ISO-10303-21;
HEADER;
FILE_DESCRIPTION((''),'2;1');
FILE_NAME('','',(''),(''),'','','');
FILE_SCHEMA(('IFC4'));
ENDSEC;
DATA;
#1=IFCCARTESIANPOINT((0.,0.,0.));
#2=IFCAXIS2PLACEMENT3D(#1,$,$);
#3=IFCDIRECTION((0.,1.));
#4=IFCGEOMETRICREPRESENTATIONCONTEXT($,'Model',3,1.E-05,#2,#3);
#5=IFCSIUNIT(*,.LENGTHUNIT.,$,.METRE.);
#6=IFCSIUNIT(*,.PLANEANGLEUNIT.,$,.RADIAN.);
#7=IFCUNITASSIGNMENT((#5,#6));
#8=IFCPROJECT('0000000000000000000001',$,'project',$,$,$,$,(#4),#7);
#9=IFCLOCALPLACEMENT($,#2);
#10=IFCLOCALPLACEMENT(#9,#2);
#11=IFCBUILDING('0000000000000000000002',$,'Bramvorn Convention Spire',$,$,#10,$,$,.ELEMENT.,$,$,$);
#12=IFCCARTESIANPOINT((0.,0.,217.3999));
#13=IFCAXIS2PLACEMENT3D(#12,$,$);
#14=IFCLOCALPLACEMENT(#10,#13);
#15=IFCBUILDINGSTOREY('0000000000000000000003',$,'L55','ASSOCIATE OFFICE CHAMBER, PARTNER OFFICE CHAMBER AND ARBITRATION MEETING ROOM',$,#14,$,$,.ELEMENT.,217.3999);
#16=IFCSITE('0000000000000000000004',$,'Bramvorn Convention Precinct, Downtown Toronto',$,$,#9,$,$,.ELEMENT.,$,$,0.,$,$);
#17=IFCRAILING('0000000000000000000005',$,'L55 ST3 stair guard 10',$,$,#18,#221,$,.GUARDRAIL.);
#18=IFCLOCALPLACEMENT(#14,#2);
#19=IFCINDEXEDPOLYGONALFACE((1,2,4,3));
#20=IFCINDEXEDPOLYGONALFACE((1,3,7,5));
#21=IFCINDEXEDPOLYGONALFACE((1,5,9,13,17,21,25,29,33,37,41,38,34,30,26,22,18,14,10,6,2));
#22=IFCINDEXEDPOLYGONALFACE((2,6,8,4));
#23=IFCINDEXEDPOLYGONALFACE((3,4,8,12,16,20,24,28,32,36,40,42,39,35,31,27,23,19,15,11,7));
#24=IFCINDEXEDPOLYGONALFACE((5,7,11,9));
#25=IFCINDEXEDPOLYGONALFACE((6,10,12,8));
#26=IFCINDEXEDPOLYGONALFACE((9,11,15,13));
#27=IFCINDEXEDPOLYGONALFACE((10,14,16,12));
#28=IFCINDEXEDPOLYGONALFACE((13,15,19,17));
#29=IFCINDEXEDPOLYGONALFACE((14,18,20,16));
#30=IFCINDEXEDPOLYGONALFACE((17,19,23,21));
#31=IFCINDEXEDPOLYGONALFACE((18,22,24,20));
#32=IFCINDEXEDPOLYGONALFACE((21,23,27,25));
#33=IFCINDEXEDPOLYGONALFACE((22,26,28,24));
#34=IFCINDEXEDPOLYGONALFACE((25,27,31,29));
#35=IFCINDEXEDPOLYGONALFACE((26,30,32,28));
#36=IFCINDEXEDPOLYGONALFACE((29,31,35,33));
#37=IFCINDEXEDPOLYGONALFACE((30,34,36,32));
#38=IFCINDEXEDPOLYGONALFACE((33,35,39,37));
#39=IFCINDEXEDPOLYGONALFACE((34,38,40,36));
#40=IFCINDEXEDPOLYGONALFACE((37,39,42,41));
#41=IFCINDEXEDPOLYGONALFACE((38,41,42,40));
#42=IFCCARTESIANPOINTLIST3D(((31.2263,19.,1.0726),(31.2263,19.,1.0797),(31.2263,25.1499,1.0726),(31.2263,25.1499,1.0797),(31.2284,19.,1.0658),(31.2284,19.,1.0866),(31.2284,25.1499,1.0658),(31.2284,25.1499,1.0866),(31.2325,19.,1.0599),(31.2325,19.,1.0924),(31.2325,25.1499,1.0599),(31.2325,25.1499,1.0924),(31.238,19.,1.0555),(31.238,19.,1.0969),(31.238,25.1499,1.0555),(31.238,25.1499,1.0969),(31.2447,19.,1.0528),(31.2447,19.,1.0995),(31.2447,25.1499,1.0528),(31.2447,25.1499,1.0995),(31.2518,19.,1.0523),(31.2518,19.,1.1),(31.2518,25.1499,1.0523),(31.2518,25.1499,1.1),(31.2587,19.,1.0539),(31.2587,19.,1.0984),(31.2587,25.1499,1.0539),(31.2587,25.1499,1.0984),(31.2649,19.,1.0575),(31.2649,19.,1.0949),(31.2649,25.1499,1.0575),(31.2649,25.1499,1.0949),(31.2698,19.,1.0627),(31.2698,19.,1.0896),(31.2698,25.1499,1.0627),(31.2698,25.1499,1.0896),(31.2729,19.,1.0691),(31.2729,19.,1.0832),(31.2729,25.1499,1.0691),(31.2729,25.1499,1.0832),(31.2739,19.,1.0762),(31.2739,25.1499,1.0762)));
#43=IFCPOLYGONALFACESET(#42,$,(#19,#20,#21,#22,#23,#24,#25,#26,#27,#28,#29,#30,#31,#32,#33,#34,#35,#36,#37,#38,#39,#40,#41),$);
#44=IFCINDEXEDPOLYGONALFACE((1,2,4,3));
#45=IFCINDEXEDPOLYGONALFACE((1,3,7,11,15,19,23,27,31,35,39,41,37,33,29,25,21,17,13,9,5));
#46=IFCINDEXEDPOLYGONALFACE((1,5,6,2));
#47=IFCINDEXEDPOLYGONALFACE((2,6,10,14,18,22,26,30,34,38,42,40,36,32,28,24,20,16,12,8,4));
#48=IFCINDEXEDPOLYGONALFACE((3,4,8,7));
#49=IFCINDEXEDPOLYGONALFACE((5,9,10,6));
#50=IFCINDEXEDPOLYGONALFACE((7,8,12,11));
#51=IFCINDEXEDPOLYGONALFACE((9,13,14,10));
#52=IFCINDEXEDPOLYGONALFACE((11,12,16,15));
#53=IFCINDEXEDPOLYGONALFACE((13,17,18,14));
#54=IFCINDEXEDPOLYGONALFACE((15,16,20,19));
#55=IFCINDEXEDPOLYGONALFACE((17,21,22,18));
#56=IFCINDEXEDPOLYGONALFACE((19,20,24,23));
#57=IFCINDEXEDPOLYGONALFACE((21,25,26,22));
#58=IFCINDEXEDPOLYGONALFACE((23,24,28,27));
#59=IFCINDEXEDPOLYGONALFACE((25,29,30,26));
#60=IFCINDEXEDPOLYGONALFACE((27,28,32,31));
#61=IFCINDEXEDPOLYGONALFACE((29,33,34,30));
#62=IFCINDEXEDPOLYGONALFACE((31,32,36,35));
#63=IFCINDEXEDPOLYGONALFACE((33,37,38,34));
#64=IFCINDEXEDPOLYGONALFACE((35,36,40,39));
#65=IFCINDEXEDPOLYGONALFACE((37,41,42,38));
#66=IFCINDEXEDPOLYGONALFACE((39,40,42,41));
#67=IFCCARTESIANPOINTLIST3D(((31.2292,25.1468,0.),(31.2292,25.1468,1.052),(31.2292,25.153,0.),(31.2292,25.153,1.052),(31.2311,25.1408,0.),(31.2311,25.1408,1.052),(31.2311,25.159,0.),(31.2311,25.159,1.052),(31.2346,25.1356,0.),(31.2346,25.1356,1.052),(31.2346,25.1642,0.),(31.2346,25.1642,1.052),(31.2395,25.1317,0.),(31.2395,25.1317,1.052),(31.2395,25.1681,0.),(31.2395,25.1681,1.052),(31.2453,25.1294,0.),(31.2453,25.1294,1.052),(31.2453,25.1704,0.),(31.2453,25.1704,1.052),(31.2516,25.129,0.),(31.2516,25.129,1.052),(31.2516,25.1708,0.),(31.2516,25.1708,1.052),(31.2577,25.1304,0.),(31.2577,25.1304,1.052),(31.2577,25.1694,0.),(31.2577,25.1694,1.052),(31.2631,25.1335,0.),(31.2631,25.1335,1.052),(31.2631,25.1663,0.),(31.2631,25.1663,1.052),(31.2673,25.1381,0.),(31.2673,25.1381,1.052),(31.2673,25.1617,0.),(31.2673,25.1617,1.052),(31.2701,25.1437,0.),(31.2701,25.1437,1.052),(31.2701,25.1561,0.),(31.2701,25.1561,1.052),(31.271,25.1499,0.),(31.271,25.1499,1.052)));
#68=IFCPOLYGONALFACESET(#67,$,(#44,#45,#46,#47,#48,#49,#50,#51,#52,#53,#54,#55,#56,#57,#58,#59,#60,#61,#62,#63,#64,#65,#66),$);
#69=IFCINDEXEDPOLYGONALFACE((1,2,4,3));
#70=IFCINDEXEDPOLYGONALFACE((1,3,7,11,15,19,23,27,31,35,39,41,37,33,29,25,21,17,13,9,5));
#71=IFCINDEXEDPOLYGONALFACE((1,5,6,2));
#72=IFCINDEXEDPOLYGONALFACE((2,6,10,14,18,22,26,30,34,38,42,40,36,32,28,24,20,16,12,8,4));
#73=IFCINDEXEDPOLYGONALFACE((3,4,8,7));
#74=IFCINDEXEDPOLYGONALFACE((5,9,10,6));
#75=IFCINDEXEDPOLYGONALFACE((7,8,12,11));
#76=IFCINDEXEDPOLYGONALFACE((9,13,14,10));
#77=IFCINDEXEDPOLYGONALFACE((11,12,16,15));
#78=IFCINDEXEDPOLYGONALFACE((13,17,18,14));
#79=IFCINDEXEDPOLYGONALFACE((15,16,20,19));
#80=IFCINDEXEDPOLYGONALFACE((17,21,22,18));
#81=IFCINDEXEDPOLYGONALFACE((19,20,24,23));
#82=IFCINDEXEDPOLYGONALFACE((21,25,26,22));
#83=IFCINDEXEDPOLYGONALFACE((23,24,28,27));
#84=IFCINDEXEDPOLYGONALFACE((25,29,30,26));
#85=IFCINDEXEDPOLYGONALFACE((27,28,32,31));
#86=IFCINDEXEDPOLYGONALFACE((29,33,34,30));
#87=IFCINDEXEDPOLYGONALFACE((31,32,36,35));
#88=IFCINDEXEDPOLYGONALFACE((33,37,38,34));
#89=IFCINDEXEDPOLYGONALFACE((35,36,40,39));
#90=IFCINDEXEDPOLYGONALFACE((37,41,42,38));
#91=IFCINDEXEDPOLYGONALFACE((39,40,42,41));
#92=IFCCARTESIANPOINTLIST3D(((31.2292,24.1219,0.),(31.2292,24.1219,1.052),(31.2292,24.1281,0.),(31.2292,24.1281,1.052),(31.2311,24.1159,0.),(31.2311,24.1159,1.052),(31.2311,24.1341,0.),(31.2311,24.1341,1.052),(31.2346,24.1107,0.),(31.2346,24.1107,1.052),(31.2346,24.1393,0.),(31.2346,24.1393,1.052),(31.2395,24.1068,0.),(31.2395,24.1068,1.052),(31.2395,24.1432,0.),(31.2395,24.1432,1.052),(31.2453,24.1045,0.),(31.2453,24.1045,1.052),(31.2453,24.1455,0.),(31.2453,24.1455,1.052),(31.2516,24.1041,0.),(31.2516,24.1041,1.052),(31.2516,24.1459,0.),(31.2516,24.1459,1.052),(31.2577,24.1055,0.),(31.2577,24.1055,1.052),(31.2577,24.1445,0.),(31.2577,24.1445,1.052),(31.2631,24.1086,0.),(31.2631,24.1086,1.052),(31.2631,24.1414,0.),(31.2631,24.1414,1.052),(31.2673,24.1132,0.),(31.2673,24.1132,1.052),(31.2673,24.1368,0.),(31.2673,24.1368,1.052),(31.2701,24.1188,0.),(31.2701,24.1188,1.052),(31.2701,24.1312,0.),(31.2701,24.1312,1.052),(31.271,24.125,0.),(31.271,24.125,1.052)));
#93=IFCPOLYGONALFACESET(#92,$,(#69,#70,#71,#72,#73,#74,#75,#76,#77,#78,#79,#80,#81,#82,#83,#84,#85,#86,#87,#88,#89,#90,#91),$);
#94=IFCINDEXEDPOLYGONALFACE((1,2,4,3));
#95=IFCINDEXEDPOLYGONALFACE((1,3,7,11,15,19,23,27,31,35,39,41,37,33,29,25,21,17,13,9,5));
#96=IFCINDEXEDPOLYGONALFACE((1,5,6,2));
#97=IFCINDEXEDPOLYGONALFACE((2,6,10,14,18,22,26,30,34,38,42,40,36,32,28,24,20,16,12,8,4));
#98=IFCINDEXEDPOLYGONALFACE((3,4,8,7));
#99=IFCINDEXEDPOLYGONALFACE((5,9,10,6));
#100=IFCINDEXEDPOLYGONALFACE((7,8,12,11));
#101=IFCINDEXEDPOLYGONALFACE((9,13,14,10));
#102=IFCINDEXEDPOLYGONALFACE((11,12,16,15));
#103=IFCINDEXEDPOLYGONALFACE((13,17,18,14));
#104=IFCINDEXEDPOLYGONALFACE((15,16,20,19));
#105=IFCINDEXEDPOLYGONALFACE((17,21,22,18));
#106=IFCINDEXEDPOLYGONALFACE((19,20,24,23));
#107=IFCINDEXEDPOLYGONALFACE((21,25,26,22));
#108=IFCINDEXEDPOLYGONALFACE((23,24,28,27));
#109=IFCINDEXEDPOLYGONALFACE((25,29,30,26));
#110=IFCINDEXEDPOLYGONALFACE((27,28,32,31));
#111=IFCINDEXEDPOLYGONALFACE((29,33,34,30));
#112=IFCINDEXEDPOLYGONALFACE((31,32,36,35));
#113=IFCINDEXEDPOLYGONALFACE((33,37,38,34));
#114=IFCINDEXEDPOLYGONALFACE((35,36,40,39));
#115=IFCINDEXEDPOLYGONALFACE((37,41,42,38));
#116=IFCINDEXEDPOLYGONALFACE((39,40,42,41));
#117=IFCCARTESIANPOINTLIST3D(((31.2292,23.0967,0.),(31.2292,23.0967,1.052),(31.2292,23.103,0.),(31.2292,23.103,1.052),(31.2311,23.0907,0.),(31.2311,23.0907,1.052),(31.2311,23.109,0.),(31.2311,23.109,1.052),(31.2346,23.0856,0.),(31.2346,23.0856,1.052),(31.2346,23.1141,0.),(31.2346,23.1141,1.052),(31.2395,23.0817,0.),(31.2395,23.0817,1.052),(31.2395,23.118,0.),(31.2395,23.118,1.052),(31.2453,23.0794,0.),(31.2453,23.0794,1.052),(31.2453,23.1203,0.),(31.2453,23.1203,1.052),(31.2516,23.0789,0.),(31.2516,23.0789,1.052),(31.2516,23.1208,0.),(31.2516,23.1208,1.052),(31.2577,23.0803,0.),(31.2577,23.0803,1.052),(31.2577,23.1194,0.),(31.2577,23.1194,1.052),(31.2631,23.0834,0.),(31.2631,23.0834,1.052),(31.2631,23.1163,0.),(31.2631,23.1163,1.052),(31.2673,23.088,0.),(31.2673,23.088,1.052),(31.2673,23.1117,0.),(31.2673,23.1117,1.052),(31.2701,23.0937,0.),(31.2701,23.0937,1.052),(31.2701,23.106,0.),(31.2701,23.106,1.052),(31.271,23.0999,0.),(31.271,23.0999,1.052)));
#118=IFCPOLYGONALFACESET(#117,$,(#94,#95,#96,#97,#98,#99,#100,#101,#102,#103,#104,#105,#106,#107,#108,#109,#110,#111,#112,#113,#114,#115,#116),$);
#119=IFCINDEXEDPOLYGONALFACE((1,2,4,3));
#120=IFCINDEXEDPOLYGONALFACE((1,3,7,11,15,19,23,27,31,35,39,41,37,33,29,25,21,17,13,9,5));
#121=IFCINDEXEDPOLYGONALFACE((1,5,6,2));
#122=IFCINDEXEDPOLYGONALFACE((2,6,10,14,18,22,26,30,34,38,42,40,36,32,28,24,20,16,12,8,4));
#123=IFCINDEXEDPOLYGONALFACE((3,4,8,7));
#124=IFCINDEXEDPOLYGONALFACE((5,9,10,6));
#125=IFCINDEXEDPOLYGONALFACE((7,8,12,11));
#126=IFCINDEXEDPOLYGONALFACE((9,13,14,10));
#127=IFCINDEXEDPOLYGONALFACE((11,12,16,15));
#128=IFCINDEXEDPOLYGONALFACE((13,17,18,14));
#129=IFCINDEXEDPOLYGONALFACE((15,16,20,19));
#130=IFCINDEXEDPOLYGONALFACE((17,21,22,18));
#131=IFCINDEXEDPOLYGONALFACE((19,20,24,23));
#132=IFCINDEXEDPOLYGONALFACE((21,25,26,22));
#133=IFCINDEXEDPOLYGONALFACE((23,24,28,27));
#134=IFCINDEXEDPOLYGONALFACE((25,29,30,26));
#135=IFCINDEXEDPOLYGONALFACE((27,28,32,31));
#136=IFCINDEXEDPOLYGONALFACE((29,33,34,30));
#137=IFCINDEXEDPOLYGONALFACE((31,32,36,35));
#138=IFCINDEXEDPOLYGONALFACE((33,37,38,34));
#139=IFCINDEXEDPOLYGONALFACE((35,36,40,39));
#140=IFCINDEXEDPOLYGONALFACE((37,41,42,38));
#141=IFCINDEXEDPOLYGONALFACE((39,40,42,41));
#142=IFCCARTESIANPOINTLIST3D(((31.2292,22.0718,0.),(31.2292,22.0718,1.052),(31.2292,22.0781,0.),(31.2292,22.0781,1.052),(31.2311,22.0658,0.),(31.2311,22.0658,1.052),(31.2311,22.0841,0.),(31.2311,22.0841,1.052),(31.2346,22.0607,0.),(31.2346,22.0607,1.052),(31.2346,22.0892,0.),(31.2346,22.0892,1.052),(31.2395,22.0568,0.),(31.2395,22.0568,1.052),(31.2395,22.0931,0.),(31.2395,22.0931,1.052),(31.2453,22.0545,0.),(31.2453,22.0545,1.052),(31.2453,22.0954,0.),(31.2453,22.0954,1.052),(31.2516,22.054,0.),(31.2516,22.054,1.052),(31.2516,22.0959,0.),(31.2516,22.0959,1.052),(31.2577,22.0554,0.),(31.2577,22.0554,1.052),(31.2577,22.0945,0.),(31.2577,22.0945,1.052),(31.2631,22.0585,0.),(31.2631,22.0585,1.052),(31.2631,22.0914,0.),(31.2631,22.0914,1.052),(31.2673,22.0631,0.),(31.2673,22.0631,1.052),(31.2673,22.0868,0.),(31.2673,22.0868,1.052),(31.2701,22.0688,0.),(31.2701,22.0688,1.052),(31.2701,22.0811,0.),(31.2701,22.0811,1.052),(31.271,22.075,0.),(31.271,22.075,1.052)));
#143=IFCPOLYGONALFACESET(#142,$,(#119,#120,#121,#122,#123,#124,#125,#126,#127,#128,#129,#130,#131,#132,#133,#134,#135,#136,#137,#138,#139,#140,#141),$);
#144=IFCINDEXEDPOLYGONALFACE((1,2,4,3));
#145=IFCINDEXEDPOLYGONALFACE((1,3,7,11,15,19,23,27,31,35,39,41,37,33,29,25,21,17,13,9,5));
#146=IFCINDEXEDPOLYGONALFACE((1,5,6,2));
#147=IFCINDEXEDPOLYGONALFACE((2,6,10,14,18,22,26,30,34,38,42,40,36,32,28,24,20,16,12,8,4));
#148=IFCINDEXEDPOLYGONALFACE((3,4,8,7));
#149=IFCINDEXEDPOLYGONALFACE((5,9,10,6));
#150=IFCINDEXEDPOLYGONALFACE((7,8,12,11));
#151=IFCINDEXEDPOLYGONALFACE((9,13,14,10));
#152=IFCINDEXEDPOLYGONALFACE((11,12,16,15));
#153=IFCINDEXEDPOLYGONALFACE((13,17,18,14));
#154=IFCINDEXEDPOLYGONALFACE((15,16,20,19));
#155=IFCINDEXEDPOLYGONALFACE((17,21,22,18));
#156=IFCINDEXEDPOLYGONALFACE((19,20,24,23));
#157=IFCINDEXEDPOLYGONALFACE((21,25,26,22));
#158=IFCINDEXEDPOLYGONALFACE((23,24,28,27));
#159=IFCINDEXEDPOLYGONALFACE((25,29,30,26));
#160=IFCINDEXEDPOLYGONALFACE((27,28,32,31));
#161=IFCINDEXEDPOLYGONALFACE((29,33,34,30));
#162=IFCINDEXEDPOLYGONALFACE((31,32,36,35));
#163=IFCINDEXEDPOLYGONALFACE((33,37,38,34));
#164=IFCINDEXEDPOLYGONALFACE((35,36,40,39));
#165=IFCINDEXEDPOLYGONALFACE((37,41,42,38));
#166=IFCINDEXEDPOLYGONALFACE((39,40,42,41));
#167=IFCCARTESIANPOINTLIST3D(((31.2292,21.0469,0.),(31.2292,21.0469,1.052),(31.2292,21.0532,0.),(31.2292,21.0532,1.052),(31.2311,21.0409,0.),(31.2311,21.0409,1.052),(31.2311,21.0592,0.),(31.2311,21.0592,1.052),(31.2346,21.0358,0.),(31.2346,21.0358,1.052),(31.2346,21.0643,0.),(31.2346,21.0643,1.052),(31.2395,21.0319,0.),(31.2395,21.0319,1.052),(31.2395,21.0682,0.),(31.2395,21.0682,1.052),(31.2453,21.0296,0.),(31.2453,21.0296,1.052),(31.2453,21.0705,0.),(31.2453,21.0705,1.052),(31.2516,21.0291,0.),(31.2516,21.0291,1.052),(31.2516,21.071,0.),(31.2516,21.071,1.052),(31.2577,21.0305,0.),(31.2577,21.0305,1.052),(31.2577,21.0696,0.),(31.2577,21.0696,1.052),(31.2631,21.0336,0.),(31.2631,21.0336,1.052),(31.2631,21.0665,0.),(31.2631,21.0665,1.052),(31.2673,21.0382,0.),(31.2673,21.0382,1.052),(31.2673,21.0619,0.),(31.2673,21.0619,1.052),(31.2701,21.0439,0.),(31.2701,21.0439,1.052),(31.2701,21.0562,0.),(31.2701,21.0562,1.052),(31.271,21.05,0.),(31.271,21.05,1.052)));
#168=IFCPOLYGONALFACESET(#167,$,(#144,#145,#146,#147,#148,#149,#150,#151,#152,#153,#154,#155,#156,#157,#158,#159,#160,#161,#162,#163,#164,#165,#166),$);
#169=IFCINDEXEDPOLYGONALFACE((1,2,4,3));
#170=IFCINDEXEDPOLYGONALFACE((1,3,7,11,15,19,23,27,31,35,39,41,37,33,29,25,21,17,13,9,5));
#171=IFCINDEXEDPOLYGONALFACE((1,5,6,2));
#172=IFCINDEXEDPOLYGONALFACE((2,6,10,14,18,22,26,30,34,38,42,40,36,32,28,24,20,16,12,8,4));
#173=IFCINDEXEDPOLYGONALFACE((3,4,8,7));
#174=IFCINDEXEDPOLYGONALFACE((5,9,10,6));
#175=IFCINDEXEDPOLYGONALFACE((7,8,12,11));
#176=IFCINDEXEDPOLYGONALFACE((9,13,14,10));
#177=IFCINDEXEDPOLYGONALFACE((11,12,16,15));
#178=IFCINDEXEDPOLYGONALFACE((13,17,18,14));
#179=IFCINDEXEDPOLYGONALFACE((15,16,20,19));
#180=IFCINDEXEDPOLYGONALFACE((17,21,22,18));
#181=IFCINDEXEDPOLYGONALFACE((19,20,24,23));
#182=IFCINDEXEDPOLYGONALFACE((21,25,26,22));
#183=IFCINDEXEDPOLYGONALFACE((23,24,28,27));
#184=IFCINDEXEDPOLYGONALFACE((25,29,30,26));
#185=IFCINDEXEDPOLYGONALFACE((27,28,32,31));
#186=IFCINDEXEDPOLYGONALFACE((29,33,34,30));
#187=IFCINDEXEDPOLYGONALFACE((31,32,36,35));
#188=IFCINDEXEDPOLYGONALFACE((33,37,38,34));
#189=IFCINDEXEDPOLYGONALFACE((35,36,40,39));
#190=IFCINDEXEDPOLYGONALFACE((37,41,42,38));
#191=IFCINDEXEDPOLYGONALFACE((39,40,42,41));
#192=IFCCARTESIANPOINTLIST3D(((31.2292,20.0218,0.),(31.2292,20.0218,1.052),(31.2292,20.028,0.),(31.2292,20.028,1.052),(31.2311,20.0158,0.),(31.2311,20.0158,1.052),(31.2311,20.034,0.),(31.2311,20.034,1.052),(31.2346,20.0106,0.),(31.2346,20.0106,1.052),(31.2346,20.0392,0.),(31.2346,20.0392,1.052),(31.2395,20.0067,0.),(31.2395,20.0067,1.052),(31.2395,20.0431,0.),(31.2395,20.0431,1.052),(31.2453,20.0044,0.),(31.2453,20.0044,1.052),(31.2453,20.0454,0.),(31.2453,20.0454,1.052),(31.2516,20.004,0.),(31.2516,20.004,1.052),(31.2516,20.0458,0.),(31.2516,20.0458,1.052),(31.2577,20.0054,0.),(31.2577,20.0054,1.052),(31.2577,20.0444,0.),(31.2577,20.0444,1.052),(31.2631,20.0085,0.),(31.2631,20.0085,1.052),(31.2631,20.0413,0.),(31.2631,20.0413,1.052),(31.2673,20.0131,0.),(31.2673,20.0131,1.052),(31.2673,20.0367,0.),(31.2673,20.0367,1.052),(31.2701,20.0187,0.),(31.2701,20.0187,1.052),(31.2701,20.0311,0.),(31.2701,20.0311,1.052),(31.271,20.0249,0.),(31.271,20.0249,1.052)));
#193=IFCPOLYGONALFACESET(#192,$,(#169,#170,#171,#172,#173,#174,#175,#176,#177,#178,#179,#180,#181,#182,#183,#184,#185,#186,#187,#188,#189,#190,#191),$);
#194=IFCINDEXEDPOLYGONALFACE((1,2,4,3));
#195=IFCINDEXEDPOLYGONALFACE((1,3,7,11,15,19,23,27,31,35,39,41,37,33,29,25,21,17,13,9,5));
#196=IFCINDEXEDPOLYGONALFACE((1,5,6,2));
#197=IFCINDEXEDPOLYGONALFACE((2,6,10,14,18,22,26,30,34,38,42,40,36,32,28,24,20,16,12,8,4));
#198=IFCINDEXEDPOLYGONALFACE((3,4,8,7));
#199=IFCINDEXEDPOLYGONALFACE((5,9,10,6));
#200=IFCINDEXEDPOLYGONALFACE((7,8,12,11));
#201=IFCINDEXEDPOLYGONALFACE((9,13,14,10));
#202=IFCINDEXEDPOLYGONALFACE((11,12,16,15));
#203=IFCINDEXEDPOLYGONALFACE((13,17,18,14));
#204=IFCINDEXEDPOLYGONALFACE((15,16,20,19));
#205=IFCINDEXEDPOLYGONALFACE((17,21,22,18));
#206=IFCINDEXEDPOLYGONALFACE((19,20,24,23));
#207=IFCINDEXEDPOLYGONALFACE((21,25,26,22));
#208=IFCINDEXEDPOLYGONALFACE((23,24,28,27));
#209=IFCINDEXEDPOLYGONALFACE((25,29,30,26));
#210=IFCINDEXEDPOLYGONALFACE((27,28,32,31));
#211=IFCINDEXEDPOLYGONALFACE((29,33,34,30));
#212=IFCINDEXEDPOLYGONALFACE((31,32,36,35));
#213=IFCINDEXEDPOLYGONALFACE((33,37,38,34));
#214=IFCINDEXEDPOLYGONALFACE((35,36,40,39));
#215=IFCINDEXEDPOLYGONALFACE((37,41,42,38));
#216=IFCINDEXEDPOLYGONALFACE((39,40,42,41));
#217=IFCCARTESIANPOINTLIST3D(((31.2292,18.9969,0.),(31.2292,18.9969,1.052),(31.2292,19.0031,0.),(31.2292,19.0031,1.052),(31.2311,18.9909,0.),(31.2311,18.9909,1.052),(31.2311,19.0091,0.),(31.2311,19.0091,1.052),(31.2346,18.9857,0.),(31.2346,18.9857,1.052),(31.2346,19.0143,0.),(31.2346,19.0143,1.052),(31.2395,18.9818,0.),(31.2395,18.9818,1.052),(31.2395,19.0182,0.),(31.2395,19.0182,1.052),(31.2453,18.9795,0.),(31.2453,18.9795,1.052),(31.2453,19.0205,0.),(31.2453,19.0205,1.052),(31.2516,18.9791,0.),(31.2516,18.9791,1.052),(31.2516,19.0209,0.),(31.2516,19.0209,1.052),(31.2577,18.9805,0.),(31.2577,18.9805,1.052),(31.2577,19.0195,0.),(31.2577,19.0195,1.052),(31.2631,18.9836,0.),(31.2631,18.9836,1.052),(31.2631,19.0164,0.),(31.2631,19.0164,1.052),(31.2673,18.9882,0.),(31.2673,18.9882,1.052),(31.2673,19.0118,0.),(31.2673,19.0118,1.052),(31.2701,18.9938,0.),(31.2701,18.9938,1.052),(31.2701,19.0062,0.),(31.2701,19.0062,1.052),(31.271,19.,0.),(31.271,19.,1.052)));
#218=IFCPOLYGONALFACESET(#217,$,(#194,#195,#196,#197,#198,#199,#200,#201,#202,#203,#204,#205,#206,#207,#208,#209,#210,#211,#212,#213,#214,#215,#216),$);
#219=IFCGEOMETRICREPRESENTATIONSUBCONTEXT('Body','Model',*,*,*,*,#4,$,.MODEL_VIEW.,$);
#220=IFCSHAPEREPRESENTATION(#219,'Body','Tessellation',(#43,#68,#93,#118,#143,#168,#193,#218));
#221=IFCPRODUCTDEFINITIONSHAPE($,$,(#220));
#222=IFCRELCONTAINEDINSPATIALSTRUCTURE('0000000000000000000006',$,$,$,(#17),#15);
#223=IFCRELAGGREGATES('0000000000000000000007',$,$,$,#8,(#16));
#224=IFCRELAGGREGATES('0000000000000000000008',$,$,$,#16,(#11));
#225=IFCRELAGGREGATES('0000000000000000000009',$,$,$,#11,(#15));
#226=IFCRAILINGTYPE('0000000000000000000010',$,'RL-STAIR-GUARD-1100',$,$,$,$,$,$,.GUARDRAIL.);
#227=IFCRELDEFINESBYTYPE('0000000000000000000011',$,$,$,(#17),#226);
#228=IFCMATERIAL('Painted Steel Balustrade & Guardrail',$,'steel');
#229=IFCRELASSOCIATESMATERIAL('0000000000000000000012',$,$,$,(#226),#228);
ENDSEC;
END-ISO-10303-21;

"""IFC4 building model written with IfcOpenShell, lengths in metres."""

from ifc_helpers import new_model, si_unit, direction, frame, origin, origin_2d, place, context, subcontext, project, spatial, circle, extrude, material, type_object, element, save


model = new_model("IFC4")

# Units and contexts
model_context = context("Model", 3, precision=1e-05, world=origin(), true_north=direction((0.0, 1.0)))
body_context = subcontext(model_context, "Body", "Model", "MODEL_VIEW")
ifc_project = project(units=[si_unit("LENGTHUNIT", "METRE"), si_unit("PLANEANGLEUNIT", "RADIAN")], contexts=[model_context])

# Site, building, storey
site_placement = place(None, origin())
site = spatial("IfcSite", under=ifc_project, at=site_placement, Name="Bramvorn Convention Precinct, Downtown Toronto", CompositionType="ELEMENT", RefElevation=0.0)
building_placement = place(site_placement, origin())
building = spatial("IfcBuilding", under=site, at=building_placement, Name="Bramvorn Convention Spire", CompositionType="ELEMENT")
storey_placement = place(building_placement, frame((0.0, 0.0, 217.3999)))
storey = spatial("IfcBuildingStorey", under=building, at=storey_placement, Name="L55", Description="ASSOCIATE OFFICE CHAMBER, PARTNER OFFICE CHAMBER AND ARBITRATION MEETING ROOM", CompositionType="ELEMENT", Elevation=217.3999)

# Railing
ifc_material_1 = material(Name="Painted Steel Balustrade & Guardrail", Category="steel")
railing_type = type_object("IfcRailingType", Name="RL-STAIR-GUARD-1100", PredefinedType="GUARDRAIL", material=ifc_material_1)
railing_1_placement = place(storey_placement, frame((31.25, 25.1499, 0.0)))
element("IfcRailing", 1, at=railing_1_placement, inside=storey, type_object=railing_type, Name="L55 ST3 stair guard 10", PredefinedType="GUARDRAIL", context=body_context, shape_type="SweptSolid", body=[
    extrude(circle(Radius=0.0239, at=origin_2d()), frame((0.0, 0.0, 1.0762), z_axis=(0.0, -1.0, 0.0), x_axis=(1.0, 0.0, 0.0)), (0.0, 0.0, 1.0), 6.1499),
    extrude(circle(Radius=0.021, at=origin_2d()), origin(), (0.0, 0.0, 1.0), 1.052),
    extrude(circle(Radius=0.021, at=origin_2d()), frame((0.0, -1.0249, 0.0)), (0.0, 0.0, 1.0), 1.052),
    extrude(circle(Radius=0.021, at=origin_2d()), frame((0.0, -2.05, 0.0)), (0.0, 0.0, 1.0), 1.052),
    extrude(circle(Radius=0.021, at=origin_2d()), frame((0.0, -3.075, 0.0)), (0.0, 0.0, 1.0), 1.052),
    extrude(circle(Radius=0.021, at=origin_2d()), frame((0.0, -4.0999, 0.0)), (0.0, 0.0, 1.0), 1.052),
    extrude(circle(Radius=0.021, at=origin_2d()), frame((0.0, -5.125, 0.0)), (0.0, 0.0, 1.0), 1.052),
    extrude(circle(Radius=0.021, at=origin_2d()), frame((0.0, -6.1499, 0.0)), (0.0, 0.0, 1.0), 1.052),
])

save(model, "model.ifc")
